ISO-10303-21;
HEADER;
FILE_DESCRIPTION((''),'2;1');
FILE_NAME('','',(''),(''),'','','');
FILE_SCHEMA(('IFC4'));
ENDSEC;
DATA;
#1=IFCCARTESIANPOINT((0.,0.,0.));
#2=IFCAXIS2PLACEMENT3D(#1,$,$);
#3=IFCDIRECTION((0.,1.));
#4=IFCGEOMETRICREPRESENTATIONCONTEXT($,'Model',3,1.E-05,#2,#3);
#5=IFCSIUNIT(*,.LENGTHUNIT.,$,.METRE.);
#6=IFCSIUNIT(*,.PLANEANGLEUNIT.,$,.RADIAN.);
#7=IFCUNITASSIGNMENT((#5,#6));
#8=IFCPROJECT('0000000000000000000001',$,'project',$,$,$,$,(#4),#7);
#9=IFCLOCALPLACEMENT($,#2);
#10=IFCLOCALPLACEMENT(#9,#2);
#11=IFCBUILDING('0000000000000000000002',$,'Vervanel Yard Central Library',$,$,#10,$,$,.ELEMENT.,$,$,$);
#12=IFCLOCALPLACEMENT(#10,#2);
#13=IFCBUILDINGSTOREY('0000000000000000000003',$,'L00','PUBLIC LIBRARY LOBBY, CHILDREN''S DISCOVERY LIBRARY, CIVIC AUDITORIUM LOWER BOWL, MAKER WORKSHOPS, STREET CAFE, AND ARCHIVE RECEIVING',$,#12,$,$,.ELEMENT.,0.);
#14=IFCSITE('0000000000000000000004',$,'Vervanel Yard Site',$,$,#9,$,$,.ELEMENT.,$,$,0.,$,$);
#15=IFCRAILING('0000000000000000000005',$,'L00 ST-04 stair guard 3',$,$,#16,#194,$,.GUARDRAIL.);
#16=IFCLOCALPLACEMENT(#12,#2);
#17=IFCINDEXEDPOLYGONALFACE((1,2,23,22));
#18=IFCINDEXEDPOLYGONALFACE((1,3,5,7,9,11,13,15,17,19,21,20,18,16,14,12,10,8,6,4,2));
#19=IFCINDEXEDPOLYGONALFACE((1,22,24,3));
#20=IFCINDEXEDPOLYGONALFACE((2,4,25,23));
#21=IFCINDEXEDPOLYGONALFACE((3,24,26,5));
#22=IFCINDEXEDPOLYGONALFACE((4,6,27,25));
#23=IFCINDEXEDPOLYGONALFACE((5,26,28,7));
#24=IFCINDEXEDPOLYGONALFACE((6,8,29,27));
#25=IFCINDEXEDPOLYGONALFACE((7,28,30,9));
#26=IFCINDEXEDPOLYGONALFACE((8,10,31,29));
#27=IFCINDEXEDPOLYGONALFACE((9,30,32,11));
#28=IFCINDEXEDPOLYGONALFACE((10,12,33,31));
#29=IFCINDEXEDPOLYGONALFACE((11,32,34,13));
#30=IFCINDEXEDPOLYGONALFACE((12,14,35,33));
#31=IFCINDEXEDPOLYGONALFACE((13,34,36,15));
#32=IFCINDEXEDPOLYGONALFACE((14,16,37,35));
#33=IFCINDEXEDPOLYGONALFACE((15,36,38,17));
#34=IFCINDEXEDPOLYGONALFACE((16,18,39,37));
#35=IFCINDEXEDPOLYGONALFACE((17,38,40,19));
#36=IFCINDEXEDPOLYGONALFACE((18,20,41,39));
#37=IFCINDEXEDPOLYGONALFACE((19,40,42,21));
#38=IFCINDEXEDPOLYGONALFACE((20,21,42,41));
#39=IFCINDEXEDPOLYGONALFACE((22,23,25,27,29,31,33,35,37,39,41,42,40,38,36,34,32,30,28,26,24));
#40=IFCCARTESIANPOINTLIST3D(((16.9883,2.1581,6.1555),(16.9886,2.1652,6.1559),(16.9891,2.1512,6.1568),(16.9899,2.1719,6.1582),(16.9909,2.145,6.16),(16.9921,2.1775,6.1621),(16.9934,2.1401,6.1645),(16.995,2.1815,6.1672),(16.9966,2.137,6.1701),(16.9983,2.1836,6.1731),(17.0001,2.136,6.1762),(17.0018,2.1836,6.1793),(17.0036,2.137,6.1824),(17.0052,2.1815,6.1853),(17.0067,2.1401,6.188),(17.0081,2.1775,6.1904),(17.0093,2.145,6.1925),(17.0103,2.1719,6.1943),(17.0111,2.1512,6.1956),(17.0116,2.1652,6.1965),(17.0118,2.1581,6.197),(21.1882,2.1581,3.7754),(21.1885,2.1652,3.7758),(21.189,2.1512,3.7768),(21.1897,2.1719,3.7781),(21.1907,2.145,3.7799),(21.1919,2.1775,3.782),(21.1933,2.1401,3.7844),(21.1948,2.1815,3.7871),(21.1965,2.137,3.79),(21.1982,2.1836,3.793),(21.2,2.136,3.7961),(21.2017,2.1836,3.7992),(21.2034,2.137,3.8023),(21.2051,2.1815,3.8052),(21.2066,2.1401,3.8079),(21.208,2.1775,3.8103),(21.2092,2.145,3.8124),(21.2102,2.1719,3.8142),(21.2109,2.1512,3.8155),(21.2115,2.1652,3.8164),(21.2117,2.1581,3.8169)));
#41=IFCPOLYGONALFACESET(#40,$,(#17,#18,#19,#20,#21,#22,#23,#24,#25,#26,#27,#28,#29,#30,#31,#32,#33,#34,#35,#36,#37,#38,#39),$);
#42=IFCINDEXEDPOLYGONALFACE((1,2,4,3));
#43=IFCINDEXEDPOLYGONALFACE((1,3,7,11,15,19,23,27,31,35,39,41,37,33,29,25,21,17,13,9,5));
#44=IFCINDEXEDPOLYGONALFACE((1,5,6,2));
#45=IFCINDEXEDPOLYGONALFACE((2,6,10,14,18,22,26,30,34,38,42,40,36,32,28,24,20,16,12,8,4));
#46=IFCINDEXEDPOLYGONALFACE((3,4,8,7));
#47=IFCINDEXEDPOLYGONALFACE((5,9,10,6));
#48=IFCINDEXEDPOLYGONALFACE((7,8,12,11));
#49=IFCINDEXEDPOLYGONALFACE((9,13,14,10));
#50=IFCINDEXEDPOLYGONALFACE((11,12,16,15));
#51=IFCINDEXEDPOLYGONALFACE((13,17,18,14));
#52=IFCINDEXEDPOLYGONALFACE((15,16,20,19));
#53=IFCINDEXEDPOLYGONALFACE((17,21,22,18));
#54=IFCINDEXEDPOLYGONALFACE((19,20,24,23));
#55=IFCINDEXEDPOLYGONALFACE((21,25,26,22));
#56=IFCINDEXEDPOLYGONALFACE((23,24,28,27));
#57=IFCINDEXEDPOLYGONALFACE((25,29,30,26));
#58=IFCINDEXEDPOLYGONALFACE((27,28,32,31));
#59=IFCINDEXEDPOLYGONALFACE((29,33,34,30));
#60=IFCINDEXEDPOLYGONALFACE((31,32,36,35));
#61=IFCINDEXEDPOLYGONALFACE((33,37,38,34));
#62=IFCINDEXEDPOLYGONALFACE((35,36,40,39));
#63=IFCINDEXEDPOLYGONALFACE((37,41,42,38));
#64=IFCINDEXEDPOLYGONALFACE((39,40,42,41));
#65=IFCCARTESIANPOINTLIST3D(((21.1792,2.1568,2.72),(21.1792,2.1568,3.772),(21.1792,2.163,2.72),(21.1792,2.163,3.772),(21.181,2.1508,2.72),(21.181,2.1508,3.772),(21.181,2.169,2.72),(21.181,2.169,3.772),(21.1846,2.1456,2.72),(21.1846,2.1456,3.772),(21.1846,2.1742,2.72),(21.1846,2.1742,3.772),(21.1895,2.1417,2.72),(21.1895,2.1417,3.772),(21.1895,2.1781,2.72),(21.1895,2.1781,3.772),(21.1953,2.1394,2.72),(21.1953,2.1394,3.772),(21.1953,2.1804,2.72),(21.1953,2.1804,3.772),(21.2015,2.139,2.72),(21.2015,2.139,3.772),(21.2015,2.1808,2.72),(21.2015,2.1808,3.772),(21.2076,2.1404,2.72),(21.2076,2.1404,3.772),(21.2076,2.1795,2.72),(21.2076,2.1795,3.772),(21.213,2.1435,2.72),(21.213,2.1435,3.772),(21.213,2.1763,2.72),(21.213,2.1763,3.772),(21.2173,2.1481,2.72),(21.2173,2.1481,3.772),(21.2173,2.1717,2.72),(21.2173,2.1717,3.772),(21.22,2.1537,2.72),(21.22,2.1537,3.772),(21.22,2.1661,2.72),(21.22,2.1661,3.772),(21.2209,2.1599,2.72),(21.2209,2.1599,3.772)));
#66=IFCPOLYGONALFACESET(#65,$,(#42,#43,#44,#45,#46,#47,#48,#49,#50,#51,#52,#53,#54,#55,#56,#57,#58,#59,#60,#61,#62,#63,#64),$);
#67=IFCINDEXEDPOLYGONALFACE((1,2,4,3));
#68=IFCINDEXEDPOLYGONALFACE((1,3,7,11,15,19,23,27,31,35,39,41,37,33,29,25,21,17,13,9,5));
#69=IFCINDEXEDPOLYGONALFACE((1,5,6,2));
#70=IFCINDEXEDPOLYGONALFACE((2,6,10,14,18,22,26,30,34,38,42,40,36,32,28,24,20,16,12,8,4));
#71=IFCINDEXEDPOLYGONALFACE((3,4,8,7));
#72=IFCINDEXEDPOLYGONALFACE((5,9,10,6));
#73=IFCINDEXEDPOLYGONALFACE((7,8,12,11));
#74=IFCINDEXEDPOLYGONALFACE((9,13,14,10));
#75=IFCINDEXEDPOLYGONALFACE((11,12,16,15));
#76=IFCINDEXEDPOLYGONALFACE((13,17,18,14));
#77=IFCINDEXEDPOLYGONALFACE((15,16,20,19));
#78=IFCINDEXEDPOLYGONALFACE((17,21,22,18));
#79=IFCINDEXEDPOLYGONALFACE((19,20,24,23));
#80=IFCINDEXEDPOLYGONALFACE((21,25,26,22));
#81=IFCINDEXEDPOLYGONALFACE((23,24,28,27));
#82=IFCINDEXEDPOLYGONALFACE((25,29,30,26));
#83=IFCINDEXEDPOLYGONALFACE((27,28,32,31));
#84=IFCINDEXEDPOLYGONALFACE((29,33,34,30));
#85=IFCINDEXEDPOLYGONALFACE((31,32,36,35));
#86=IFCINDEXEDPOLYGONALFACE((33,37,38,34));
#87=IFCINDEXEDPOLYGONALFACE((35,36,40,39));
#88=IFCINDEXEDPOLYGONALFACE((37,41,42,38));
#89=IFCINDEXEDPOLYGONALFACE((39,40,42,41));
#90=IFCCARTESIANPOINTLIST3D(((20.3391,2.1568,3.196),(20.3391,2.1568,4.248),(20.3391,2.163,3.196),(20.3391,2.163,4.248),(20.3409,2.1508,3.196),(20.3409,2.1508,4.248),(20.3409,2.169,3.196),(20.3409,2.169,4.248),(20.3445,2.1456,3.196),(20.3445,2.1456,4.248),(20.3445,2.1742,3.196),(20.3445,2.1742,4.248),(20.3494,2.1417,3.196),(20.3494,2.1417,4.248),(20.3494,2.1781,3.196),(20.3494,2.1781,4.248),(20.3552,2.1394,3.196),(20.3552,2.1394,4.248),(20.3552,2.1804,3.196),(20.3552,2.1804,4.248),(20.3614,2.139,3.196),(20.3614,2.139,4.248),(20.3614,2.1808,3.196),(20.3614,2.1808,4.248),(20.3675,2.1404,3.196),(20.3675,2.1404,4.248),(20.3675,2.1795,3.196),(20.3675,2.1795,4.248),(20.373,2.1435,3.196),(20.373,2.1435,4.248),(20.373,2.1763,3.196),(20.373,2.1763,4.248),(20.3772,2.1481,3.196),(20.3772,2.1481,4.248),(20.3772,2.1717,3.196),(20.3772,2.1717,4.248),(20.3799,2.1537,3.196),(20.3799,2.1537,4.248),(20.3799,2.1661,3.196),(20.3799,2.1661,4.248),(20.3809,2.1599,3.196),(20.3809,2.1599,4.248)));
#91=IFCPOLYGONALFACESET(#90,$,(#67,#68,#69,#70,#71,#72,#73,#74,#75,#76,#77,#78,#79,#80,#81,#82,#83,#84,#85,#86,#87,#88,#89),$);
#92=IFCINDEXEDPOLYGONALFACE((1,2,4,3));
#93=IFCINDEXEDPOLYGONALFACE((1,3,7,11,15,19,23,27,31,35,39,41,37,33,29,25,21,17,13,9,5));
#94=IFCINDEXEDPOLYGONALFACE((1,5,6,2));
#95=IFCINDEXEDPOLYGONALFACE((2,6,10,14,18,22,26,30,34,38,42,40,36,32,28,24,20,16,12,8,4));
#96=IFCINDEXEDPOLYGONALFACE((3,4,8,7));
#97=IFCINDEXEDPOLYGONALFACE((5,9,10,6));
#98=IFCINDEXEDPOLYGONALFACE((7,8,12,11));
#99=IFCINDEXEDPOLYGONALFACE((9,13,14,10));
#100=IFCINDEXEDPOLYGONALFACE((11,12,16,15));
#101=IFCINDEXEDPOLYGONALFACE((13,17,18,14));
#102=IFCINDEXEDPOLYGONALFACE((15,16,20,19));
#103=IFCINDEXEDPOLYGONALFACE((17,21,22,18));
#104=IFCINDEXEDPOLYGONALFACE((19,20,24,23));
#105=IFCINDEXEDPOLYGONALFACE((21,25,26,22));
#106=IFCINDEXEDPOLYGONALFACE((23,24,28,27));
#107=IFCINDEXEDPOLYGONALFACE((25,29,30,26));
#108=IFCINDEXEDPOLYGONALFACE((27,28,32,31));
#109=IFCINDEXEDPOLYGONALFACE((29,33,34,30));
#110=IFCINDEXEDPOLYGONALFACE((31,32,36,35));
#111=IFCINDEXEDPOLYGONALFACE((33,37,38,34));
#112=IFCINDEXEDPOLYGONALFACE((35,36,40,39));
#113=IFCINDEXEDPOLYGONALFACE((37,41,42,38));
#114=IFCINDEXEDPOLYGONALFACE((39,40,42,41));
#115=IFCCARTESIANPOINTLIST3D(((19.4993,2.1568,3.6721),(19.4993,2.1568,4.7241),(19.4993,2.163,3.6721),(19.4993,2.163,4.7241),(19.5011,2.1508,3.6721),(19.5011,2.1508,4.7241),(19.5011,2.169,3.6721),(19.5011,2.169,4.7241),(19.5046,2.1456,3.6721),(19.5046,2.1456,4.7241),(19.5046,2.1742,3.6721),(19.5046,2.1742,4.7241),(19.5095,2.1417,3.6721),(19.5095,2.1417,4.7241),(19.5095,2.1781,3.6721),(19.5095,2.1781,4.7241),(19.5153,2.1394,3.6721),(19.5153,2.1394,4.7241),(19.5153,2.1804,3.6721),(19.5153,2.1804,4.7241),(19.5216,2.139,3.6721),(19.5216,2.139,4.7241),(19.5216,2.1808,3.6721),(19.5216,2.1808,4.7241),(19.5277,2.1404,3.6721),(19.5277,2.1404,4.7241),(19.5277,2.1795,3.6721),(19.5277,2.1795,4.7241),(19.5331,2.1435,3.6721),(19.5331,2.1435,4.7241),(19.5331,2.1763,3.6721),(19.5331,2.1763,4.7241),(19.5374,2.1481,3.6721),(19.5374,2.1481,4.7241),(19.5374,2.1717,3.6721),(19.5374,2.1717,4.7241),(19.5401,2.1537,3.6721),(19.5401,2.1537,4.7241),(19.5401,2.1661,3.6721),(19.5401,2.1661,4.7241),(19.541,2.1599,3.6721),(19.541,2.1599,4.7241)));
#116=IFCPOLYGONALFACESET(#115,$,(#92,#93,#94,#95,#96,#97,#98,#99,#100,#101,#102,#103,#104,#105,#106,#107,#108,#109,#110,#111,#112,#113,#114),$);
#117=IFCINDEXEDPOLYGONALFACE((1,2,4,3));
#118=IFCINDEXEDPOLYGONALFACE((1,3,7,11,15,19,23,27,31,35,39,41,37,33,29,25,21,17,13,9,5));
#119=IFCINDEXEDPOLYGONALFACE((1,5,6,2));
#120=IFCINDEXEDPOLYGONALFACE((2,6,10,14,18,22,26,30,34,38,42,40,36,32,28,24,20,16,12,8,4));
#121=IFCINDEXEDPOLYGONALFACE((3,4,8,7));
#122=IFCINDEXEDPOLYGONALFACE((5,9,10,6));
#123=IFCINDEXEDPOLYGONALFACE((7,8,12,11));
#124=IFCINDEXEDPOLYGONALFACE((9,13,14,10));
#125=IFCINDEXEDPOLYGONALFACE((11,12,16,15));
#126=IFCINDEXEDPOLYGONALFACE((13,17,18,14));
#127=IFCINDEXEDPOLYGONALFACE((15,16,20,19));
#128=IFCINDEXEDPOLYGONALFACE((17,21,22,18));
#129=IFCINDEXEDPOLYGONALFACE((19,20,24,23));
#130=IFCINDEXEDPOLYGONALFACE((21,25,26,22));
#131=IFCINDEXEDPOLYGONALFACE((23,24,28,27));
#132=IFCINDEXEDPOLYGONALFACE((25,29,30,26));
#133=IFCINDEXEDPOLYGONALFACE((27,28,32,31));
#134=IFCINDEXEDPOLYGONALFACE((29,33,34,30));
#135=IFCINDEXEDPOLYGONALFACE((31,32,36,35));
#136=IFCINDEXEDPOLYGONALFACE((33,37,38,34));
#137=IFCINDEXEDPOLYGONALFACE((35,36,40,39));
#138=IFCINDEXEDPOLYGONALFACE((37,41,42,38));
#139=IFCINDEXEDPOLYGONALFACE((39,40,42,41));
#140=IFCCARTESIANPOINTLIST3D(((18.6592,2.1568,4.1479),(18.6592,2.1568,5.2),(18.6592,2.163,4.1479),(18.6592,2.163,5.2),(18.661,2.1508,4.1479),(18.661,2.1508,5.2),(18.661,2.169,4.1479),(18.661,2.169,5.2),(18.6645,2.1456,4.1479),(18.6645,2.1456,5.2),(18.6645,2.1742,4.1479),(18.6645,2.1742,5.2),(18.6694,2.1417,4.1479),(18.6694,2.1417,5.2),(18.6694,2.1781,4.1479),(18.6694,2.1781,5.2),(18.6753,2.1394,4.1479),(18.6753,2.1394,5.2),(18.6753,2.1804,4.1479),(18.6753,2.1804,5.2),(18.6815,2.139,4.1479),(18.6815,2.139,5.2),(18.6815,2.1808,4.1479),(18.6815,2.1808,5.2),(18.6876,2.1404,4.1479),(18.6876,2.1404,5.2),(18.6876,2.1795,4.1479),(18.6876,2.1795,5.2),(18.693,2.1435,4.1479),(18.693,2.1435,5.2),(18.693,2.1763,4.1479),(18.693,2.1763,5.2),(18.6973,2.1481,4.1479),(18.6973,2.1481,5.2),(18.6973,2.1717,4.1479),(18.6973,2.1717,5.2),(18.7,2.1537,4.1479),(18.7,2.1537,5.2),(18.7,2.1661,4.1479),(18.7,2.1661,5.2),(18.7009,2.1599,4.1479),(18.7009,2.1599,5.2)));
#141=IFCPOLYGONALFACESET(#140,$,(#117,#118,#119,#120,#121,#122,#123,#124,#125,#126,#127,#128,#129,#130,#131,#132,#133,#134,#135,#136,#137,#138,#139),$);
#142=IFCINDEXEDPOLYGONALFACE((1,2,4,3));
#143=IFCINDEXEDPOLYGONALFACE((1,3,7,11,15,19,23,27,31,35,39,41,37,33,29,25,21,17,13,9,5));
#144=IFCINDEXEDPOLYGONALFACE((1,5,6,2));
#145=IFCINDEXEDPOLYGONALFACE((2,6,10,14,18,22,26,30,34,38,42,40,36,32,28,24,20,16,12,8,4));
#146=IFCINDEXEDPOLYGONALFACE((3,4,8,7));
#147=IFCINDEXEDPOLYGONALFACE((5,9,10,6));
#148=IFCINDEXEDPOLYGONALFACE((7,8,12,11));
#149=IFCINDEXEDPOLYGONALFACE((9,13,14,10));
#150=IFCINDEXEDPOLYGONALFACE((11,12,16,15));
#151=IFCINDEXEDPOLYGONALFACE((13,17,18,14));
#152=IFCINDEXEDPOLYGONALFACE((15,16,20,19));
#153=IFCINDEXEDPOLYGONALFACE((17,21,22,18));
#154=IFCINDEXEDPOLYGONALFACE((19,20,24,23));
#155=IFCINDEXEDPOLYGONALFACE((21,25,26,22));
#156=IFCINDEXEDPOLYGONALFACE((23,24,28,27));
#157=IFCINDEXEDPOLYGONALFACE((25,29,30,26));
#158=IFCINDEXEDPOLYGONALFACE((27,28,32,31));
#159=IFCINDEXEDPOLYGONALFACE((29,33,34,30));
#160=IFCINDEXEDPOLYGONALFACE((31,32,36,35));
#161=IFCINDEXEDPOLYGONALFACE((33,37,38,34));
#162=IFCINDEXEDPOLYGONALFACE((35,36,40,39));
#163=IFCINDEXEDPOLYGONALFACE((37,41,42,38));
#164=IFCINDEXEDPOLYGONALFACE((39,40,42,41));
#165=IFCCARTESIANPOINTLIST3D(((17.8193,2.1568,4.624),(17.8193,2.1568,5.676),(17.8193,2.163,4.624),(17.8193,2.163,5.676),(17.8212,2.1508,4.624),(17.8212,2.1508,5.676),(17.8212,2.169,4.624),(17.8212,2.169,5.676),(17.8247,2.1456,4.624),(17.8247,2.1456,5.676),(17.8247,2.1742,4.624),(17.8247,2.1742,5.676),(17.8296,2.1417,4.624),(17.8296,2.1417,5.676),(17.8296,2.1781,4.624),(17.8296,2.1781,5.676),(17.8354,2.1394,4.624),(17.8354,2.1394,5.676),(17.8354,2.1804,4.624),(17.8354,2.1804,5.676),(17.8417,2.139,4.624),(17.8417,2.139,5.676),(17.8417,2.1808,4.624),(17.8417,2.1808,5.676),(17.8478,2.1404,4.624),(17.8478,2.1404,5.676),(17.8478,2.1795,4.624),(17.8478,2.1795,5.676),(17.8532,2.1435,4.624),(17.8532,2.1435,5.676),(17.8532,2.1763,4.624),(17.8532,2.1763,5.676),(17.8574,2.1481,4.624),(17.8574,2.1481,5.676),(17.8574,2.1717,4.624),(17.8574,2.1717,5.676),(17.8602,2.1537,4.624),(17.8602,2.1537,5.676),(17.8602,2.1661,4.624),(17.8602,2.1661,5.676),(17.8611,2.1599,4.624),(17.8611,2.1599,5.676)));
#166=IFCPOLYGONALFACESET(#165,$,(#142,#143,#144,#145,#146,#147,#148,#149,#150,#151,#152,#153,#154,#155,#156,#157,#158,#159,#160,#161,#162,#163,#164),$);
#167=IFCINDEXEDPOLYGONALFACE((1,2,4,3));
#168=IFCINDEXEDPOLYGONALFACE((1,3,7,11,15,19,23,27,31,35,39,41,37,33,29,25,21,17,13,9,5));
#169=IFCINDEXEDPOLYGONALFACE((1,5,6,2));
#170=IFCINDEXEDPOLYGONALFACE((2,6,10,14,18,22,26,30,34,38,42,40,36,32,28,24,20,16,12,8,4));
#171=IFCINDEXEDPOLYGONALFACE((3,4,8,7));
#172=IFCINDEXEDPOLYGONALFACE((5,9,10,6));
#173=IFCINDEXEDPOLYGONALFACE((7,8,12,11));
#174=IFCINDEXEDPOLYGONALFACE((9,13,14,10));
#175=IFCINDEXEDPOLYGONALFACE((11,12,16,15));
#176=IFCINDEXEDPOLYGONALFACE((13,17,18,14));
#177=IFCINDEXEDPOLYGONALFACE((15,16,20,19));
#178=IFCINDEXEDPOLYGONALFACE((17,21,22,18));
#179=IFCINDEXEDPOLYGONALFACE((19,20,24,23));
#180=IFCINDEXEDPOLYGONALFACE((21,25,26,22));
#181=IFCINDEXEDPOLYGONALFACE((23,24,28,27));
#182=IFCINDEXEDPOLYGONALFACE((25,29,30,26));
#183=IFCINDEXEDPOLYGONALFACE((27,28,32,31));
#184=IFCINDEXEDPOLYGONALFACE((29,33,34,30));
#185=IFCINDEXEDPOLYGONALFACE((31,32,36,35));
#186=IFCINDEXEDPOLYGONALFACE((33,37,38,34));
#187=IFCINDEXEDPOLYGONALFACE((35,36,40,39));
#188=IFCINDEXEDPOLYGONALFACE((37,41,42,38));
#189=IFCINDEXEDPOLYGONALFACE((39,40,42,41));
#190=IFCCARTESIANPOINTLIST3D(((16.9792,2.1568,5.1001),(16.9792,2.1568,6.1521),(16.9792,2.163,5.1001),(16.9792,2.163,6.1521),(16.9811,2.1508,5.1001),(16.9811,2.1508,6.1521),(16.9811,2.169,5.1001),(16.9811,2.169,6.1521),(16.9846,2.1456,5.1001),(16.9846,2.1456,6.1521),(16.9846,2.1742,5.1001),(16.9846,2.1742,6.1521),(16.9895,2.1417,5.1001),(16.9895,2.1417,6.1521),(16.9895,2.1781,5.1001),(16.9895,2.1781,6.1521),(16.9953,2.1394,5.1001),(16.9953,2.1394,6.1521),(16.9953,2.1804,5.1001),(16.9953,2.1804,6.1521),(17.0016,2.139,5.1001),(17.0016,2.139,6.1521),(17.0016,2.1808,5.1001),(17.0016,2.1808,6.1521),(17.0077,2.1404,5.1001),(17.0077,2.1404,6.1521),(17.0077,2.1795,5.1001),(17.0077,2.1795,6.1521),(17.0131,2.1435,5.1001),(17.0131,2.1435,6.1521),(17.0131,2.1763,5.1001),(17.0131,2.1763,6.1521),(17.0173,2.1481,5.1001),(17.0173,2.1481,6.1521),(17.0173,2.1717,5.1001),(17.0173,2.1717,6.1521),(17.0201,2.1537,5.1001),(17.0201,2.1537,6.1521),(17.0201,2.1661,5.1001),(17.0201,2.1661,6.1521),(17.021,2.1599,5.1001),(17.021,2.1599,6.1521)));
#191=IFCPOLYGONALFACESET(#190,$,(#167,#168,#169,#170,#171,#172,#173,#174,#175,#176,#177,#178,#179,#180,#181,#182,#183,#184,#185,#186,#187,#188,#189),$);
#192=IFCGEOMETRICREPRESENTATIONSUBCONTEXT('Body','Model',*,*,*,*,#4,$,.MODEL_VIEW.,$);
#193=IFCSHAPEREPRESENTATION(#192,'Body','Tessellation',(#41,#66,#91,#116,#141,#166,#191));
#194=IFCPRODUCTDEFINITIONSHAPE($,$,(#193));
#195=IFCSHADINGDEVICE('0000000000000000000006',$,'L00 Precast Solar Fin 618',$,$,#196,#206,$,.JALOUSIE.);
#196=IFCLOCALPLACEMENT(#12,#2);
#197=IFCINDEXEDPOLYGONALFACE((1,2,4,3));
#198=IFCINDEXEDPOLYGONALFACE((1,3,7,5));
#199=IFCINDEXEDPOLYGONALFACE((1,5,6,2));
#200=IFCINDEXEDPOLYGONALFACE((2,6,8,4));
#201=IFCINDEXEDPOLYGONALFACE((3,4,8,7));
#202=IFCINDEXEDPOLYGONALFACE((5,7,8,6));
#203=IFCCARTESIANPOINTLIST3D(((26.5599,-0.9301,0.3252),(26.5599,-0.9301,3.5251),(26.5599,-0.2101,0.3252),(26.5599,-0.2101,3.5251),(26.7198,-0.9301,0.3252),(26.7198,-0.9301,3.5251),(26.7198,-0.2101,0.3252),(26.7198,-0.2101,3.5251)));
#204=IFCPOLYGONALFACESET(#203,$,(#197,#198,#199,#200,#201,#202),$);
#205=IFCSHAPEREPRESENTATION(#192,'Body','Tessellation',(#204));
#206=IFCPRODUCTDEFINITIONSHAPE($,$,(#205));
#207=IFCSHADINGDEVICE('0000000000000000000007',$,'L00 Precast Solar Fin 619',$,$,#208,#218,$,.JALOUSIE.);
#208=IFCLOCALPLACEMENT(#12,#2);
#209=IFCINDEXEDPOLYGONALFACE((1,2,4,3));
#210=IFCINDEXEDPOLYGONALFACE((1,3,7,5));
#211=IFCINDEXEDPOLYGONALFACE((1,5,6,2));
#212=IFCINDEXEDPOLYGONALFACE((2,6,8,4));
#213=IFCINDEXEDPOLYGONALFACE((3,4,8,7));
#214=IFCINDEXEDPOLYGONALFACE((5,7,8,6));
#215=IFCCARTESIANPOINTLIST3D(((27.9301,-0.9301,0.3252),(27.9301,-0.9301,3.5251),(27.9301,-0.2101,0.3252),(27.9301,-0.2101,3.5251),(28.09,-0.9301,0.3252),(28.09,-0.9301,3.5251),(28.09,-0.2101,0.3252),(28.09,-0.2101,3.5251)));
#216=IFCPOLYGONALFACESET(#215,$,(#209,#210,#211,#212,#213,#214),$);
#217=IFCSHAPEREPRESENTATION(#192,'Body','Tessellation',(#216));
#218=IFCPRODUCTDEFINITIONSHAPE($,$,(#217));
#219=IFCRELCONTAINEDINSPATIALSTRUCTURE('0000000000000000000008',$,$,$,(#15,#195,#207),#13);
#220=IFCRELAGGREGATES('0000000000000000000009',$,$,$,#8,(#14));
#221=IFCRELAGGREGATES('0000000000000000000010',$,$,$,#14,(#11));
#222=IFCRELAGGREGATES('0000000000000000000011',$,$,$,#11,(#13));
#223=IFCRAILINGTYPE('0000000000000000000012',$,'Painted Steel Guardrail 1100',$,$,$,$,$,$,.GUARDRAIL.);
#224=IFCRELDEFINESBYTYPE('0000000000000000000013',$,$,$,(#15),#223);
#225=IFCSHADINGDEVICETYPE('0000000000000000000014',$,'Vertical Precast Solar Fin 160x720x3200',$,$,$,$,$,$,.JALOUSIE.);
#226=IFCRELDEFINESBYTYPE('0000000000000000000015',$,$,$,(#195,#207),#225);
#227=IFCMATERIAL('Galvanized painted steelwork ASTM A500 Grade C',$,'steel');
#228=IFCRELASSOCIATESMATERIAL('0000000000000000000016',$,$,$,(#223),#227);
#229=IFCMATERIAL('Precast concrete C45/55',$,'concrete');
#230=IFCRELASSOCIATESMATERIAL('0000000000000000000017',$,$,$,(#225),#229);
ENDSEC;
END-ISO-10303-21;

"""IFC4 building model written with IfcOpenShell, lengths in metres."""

from ifc_helpers import new_model, si_unit, direction, frame, origin, origin_2d, place, context, subcontext, project, spatial, rectangle, circle, extrude, material, type_object, element, save


model = new_model("IFC4")

# Units and contexts
model_context = context("Model", 3, precision=1e-05, world=origin(), true_north=direction((0.0, 1.0)))
body_context = subcontext(model_context, "Body", "Model", "MODEL_VIEW")
ifc_project = project(units=[si_unit("LENGTHUNIT", "METRE"), si_unit("PLANEANGLEUNIT", "RADIAN")], contexts=[model_context])

# Site, building, storey
site_placement = place(None, origin())
site = spatial("IfcSite", under=ifc_project, at=site_placement, Name="Vervanel Yard Site", CompositionType="ELEMENT", RefElevation=0.0)
building_placement = place(site_placement, origin())
building = spatial("IfcBuilding", under=site, at=building_placement, Name="Vervanel Yard Central Library", CompositionType="ELEMENT")
storey_placement = place(building_placement, origin())
storey = spatial("IfcBuildingStorey", under=building, at=storey_placement, Name="L00", Description="PUBLIC LIBRARY LOBBY, CHILDREN'S DISCOVERY LIBRARY, CIVIC AUDITORIUM LOWER BOWL, MAKER WORKSHOPS, STREET CAFE, AND ARCHIVE RECEIVING", CompositionType="ELEMENT", Elevation=0.0)

# Shared definitions
ifc_material_1 = material(Name="Galvanized painted steelwork ASTM A500 Grade C", Category="steel")

# Shared definitions
ifc_material_2 = material(Name="Precast concrete C45/55", Category="concrete")

# Railing
railing_type_1 = type_object("IfcRailingType", Name="Painted Steel Guardrail 1100", PredefinedType="GUARDRAIL", material=ifc_material_1)
railing_1_placement = place(storey_placement, frame((21.2, 2.1599, 2.72)))
element("IfcRailing", 1, at=railing_1_placement, inside=storey, type_object=railing_type_1, Name="L00 ST-04 stair guard 3", PredefinedType="GUARDRAIL", context=body_context, shape_type="SweptSolid", body=[
    extrude(circle(Radius=0.0239, at=origin_2d()), frame((0.0, 0.0, 1.0762), z_axis=(-0.870008, 0.0, 0.493037), x_axis=(0.0, -1.0, 0.0)), (0.0, 0.0, 1.0), 4.8274),
    extrude(circle(Radius=0.021, at=origin_2d()), origin(), (0.0, 0.0, 1.0), 1.052),
    extrude(circle(Radius=0.021, at=origin_2d()), frame((-0.8401, 0.0, 0.4761)), (0.0, 0.0, 1.0), 1.052),
    extrude(circle(Radius=0.021, at=origin_2d()), frame((-1.6799, 0.0, 0.9521)), (0.0, 0.0, 1.0), 1.052),
    extrude(circle(Radius=0.021, at=origin_2d()), frame((-2.52, 0.0, 1.428)), (0.0, 0.0, 1.0), 1.052),
    extrude(circle(Radius=0.021, at=origin_2d()), frame((-3.3599, 0.0, 1.9041)), (0.0, 0.0, 1.0), 1.052),
    extrude(circle(Radius=0.021, at=origin_2d()), frame((-4.2, 0.0, 2.3801)), (0.0, 0.0, 1.0), 1.052),
])

# Shading devices
shading_device_type = type_object("IfcShadingDeviceType", Name="Vertical Precast Solar Fin 160x720x3200", PredefinedType="JALOUSIE", material=ifc_material_2)
for number, where, z_axis, x_axis, name in (
    (2, (26.6399, -0.5701, 0.3252), (0.0, 0.0, 1.0), (1.0, 0.0, 0.0), "L00 Precast Solar Fin 618"),
    (3, (28.01, -0.5701, 0.3252), (0.0, 0.0, 1.0), (1.0, 0.0, 0.0), "L00 Precast Solar Fin 619"),
):
    element("IfcShadingDevice", number, at=place(storey_placement, frame(where, z_axis=z_axis, x_axis=x_axis)), inside=storey, type_object=shading_device_type, Name=name, PredefinedType="JALOUSIE", context=body_context, shape_type="SweptSolid", body=[
        extrude(rectangle(XDim=0.1599, YDim=0.72, at=origin_2d()), origin(), (0.0, 0.0, 1.0), 3.2),
    ])

save(model, "model.ifc")
